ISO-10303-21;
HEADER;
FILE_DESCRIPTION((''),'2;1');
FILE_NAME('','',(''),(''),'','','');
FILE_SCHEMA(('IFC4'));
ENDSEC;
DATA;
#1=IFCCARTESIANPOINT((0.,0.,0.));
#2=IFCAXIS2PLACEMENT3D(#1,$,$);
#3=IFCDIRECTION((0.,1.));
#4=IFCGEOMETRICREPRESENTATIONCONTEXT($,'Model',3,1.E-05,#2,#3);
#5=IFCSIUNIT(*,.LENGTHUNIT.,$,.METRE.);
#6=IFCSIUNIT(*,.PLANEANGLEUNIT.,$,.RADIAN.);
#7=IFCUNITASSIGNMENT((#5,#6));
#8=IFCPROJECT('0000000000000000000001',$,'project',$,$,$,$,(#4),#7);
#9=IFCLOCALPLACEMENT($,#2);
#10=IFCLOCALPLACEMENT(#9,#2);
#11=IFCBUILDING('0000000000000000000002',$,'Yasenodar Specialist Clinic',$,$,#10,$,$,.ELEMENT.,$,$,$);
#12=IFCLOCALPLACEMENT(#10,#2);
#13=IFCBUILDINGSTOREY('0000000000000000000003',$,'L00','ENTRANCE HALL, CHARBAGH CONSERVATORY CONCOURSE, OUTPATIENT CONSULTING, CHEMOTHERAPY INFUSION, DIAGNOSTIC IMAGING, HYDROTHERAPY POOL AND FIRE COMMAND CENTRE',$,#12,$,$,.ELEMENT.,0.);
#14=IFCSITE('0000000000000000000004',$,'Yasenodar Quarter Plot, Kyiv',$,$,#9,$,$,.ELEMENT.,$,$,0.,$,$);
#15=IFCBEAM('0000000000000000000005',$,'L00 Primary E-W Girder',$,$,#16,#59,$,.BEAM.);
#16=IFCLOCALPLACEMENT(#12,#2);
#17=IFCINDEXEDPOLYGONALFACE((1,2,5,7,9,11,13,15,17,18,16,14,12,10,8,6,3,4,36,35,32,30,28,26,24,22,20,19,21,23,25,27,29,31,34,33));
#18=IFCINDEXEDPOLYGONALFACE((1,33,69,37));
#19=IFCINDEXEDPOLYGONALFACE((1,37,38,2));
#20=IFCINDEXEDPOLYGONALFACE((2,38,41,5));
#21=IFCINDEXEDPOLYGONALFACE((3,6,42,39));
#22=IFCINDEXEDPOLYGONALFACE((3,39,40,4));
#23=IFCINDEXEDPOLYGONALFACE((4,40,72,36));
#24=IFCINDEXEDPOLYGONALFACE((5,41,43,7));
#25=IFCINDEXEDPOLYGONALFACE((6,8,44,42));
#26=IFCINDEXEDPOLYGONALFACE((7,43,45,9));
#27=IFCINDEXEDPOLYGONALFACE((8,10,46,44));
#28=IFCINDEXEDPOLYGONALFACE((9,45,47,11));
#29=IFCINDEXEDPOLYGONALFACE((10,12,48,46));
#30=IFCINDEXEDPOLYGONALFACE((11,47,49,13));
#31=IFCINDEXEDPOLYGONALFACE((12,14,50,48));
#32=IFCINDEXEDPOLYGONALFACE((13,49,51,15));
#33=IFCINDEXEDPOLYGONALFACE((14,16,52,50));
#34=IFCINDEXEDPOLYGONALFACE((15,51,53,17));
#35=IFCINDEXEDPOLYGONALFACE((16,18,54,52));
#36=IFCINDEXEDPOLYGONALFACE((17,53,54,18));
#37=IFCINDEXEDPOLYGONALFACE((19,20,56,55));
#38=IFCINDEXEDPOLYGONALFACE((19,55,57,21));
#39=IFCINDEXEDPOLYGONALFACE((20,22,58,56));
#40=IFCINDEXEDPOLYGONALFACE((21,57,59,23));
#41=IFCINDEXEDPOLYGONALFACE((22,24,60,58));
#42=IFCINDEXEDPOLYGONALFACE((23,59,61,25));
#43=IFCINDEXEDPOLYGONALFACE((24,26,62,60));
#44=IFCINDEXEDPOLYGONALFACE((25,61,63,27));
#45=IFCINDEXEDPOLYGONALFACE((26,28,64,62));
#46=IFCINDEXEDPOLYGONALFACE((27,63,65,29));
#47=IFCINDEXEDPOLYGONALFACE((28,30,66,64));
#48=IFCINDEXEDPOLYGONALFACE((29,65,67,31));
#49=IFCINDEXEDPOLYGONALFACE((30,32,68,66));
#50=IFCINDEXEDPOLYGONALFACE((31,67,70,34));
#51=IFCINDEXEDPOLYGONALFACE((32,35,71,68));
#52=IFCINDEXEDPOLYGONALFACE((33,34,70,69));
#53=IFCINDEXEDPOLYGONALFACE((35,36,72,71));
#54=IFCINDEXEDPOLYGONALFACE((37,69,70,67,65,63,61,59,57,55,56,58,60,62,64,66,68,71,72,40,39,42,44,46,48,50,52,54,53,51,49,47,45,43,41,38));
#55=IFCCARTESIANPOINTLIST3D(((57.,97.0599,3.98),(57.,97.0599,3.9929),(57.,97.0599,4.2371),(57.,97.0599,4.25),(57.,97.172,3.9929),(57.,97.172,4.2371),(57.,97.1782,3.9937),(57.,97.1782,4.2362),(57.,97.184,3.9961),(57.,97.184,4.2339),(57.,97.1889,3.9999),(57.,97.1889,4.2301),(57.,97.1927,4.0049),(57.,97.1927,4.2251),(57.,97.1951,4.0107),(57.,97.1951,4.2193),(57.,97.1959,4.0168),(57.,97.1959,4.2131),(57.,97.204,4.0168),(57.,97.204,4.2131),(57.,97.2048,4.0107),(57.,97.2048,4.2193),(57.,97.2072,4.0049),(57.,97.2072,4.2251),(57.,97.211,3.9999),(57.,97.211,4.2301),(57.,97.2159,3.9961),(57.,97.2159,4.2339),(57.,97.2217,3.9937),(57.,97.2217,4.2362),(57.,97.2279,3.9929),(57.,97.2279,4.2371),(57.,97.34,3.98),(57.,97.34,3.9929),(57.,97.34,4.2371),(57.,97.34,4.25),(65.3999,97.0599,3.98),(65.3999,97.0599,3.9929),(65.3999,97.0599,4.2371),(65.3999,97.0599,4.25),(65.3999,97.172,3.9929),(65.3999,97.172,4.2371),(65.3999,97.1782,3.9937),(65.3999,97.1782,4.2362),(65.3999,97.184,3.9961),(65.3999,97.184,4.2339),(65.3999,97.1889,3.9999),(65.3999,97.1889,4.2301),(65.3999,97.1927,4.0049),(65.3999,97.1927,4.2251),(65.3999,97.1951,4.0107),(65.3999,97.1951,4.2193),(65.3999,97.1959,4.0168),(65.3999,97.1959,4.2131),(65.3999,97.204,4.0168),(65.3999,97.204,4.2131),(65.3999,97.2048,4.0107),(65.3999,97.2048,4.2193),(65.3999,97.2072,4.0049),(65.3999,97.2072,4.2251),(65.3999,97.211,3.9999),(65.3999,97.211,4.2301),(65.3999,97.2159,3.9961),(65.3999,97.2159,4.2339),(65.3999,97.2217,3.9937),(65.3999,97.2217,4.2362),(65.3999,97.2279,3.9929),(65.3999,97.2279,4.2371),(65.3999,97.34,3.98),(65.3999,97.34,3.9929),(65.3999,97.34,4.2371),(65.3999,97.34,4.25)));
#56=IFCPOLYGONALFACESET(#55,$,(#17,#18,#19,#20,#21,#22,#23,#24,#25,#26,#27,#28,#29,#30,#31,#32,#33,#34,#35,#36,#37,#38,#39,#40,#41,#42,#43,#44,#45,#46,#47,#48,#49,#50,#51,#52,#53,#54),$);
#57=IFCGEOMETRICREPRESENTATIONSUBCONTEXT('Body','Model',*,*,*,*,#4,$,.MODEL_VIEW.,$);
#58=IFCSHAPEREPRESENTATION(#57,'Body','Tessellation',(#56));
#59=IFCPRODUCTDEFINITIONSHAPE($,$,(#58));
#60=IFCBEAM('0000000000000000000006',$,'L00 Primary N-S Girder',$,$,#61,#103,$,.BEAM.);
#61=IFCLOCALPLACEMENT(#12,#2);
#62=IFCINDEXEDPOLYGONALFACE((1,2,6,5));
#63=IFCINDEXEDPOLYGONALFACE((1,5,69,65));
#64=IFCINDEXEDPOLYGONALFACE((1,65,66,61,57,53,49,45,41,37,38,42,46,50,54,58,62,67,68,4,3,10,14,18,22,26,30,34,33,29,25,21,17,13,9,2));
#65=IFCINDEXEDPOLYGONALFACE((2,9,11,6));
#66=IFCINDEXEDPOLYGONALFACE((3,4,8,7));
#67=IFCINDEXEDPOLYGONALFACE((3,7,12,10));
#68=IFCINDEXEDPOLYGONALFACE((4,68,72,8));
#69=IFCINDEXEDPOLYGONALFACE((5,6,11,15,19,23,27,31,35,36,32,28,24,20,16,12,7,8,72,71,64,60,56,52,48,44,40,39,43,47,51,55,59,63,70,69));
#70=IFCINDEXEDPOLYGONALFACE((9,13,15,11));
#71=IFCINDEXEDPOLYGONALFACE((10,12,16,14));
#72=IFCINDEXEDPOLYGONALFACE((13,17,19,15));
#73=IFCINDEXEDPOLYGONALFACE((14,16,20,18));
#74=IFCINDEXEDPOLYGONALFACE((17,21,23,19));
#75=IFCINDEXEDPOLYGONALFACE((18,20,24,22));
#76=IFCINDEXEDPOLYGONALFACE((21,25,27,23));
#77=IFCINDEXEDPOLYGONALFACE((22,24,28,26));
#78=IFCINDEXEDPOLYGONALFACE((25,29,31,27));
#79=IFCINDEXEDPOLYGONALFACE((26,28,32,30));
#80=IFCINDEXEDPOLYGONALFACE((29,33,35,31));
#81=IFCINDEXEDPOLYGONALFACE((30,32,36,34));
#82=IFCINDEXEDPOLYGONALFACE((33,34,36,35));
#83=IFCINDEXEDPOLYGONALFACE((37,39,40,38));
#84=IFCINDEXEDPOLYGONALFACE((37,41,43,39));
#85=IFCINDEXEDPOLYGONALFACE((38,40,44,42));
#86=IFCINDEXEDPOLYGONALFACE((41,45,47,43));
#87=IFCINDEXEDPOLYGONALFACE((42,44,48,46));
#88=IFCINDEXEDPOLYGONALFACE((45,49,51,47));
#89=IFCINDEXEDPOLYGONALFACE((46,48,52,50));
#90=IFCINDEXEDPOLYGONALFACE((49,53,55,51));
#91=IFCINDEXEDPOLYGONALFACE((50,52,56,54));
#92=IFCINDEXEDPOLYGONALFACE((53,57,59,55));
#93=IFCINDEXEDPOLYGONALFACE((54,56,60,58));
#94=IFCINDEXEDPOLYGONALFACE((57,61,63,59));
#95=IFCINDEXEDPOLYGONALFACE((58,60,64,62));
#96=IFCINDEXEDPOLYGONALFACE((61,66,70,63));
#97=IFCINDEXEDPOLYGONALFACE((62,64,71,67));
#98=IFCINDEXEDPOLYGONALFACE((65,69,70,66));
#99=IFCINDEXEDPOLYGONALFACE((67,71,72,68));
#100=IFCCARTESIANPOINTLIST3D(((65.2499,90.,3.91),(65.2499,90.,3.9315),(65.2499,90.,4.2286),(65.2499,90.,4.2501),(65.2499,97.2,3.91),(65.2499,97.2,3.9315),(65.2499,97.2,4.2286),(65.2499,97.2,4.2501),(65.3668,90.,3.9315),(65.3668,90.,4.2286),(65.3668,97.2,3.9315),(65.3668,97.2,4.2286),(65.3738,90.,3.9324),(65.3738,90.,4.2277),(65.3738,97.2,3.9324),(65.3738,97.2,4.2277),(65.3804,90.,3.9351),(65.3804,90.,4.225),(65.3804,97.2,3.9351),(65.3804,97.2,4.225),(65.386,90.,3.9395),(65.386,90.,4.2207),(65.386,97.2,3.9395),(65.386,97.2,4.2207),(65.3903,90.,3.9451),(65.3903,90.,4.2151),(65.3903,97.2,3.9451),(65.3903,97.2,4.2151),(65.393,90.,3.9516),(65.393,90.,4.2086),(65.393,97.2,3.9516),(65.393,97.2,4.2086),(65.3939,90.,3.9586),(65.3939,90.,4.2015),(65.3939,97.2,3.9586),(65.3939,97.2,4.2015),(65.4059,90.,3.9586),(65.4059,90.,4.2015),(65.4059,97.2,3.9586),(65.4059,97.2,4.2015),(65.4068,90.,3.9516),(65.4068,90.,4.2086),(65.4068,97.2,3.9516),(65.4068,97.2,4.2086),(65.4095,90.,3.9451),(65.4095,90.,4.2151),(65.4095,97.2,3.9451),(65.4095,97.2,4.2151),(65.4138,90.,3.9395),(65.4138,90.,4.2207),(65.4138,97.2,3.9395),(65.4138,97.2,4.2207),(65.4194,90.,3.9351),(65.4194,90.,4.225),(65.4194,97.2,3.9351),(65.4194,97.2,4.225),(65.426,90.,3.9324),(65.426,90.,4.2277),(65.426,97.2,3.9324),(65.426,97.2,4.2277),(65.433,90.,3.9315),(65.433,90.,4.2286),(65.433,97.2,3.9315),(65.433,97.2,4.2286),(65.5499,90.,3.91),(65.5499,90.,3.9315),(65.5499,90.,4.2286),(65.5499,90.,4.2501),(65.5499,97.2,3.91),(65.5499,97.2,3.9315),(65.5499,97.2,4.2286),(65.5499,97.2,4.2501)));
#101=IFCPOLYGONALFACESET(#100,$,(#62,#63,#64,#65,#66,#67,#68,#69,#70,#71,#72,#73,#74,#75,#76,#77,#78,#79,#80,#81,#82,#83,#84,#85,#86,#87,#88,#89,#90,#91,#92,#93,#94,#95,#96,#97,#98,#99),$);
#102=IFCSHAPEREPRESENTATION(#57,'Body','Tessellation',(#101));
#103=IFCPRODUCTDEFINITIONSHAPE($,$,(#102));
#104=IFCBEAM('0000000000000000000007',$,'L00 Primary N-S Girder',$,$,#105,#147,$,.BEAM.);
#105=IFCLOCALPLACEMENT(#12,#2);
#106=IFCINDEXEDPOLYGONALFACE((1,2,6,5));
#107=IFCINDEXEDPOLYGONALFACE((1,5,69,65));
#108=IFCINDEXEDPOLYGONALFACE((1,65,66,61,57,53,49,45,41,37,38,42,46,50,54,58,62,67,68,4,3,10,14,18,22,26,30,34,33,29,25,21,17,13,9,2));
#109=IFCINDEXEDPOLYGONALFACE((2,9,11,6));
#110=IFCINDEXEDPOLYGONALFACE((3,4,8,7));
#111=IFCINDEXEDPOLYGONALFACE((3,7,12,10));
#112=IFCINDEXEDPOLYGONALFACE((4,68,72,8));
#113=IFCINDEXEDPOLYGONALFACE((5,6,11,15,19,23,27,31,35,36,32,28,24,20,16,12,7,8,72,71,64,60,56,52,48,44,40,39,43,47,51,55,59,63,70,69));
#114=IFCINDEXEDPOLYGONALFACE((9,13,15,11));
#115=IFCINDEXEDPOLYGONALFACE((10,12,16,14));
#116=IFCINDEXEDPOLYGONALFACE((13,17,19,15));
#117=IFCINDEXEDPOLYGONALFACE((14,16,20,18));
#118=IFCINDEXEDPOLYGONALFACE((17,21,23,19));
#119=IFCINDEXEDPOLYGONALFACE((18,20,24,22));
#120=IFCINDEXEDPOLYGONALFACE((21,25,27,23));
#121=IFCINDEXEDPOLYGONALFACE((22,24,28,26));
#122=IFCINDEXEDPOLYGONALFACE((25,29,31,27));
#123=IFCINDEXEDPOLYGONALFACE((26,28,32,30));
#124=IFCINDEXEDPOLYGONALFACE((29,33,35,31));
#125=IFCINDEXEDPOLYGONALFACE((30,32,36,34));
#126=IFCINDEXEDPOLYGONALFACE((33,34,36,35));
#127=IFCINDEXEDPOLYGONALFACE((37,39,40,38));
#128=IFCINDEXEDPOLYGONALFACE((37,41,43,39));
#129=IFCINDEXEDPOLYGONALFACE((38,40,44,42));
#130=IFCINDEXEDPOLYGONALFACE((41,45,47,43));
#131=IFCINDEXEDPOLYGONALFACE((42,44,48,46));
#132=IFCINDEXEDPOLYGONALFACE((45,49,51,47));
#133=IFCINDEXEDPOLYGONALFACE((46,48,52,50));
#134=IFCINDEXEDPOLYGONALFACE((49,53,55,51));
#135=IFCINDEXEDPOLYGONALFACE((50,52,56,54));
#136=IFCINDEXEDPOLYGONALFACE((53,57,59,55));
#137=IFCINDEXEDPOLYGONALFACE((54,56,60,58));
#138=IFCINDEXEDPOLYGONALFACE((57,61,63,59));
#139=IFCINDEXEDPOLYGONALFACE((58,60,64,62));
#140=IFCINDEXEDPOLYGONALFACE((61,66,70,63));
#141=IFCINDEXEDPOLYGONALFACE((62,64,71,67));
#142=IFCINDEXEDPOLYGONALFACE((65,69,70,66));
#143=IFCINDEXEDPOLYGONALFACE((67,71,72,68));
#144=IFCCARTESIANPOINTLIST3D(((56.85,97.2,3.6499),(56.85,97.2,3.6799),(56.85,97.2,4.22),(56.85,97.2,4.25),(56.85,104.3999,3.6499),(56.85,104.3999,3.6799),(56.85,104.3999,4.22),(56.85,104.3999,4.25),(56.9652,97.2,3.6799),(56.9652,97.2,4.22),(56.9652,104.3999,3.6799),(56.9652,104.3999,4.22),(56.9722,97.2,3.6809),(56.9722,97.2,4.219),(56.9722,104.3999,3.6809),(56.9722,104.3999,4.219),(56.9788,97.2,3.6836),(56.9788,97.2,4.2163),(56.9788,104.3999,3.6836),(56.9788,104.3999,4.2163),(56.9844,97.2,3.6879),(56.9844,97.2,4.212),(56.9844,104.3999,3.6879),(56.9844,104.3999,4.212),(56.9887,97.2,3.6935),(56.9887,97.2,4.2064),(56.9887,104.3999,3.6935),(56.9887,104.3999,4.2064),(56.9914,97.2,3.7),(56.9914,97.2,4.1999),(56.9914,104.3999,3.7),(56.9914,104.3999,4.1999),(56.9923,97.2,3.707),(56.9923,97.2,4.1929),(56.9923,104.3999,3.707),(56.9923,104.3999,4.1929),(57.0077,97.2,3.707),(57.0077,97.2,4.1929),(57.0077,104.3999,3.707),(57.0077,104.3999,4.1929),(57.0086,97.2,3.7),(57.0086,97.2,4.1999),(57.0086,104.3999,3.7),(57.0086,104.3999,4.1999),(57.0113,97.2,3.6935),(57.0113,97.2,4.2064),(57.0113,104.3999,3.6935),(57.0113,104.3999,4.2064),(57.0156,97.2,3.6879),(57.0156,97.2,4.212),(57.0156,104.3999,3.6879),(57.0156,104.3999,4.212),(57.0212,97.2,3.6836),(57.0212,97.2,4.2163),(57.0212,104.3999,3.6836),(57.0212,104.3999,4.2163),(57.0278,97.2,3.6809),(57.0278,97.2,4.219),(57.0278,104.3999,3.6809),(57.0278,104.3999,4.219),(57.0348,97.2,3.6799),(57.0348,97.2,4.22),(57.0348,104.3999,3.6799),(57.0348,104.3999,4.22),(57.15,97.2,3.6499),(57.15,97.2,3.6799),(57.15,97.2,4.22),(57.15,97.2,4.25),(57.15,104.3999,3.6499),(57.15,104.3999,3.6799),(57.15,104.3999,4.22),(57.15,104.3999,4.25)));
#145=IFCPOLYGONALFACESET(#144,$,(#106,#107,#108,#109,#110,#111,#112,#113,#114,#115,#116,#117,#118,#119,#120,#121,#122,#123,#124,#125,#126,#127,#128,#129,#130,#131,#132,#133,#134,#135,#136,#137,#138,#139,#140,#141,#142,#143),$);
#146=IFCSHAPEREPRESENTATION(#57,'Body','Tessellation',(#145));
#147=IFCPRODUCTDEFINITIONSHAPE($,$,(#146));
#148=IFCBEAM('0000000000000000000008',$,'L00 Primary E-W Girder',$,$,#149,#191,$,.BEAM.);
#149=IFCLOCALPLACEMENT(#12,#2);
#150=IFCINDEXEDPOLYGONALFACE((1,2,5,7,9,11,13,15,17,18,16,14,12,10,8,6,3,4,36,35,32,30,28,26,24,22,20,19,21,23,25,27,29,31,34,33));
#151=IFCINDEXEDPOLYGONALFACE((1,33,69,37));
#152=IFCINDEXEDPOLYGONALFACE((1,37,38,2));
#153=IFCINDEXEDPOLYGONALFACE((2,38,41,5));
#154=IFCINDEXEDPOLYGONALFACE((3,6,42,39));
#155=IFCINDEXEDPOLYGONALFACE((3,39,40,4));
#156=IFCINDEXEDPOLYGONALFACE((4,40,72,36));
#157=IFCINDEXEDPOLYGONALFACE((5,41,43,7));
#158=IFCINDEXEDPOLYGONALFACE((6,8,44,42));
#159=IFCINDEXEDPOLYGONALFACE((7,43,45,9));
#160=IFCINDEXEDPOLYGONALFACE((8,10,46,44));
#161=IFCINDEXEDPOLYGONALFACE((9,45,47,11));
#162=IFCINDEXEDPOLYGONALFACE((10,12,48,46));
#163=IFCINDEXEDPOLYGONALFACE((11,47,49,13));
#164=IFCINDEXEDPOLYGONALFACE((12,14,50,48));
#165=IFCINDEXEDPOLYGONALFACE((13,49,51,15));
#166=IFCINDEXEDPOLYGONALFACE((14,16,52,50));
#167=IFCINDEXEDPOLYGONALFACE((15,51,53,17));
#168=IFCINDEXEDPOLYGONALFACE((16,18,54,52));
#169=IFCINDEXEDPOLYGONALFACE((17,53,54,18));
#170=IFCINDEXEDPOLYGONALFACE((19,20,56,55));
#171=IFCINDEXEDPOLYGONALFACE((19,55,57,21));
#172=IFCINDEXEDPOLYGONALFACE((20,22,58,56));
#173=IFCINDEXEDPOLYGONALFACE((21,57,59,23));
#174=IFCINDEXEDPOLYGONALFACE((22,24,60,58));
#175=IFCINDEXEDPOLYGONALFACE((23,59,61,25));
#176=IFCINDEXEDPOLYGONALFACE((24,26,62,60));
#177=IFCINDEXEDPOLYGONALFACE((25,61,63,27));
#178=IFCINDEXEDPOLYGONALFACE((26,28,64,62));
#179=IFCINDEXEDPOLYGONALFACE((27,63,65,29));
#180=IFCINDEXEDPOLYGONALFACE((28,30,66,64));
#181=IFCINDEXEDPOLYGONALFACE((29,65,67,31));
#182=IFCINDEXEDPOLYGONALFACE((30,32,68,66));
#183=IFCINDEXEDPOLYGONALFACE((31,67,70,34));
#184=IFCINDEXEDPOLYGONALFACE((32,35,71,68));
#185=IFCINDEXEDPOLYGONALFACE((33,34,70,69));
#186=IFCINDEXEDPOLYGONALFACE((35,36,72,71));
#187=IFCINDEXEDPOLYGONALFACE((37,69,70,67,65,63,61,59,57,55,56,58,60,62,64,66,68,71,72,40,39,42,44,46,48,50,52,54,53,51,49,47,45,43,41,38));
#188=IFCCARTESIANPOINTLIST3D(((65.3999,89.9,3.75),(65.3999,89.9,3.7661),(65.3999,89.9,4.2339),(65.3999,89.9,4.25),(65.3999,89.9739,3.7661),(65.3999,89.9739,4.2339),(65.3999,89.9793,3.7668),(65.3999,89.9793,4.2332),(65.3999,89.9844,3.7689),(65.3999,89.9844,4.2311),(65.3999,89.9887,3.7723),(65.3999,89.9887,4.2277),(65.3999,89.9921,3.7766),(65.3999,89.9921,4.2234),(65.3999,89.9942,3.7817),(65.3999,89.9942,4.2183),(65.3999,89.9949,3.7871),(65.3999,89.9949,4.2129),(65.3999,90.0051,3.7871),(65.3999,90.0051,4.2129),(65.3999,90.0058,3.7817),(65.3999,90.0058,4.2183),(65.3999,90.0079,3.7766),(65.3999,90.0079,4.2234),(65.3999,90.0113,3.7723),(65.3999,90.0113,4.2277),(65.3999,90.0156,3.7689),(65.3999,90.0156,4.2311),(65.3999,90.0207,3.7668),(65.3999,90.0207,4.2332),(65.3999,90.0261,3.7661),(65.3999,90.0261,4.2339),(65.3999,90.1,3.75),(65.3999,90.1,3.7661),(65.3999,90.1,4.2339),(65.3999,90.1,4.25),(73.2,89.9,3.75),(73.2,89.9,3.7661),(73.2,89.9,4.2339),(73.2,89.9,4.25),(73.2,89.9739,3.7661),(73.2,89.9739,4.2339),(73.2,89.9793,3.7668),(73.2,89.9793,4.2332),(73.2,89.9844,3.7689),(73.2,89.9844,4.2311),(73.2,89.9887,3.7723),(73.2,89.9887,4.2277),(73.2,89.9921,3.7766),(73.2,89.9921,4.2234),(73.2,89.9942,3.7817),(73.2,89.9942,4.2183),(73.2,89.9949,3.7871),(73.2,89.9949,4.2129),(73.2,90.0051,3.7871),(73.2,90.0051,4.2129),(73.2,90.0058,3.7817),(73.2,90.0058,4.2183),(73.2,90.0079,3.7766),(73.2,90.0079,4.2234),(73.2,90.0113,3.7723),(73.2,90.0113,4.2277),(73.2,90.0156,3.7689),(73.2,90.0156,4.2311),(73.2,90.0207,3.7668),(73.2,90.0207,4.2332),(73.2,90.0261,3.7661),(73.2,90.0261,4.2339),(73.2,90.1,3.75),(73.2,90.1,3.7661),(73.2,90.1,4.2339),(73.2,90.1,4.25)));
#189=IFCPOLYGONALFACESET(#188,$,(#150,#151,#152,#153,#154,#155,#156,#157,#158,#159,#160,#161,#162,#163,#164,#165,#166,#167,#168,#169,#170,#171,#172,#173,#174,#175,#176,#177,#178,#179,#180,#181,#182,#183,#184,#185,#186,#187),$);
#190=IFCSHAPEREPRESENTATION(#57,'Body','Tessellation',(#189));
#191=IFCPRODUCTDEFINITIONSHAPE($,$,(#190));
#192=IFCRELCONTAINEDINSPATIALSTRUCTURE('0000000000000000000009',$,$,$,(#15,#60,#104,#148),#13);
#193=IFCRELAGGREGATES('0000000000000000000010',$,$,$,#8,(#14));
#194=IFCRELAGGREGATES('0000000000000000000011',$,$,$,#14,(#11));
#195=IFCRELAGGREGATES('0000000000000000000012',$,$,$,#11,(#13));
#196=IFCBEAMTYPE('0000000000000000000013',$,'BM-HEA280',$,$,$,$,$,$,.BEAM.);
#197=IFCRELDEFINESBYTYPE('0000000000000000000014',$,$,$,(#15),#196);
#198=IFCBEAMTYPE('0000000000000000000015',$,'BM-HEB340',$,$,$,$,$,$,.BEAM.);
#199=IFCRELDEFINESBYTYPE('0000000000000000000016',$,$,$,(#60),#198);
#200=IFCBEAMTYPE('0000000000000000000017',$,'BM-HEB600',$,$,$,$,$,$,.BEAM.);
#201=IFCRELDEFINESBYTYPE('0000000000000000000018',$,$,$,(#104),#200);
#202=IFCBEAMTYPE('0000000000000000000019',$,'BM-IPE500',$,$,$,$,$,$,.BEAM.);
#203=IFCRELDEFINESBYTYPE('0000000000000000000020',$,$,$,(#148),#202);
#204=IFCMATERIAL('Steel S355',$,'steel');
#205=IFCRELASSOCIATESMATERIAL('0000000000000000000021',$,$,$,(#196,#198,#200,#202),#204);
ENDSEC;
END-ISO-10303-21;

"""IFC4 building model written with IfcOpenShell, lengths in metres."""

from ifc_helpers import new_model, si_unit, direction, frame, origin, origin_2d, place, context, subcontext, project, spatial, i_section, extrude, material, material_profile, profile_set, type_object, element, save


model = new_model("IFC4")

# Units and contexts
model_context = context("Model", 3, precision=1e-05, world=origin(), true_north=direction((0.0, 1.0)))
body_context = subcontext(model_context, "Body", "Model", "MODEL_VIEW")
ifc_project = project(units=[si_unit("LENGTHUNIT", "METRE"), si_unit("PLANEANGLEUNIT", "RADIAN")], contexts=[model_context])

# Site, building, storey
site_placement = place(None, origin())
site = spatial("IfcSite", under=ifc_project, at=site_placement, Name="Yasenodar Quarter Plot, Kyiv", CompositionType="ELEMENT", RefElevation=0.0)
building_placement = place(site_placement, origin())
building = spatial("IfcBuilding", under=site, at=building_placement, Name="Yasenodar Specialist Clinic", CompositionType="ELEMENT")
storey_placement = place(building_placement, origin())
storey = spatial("IfcBuildingStorey", under=building, at=storey_placement, Name="L00", Description="ENTRANCE HALL, CHARBAGH CONSERVATORY CONCOURSE, OUTPATIENT CONSULTING, CHEMOTHERAPY INFUSION, DIAGNOSTIC IMAGING, HYDROTHERAPY POOL AND FIRE COMMAND CENTRE", CompositionType="ELEMENT", Elevation=0.0)

# Shared definitions
ifc_material_1 = material(Name="Steel S355", Category="steel")

# Beams
ifc_material_profile_1 = material_profile(ifc_material_1, i_section(OverallWidth=0.28, OverallDepth=0.27, WebThickness=0.0081, FlangeThickness=0.0129, FilletRadius=0.0239, at=origin_2d()), Name="HEA 280")
ifc_profile_set_1 = profile_set([ifc_material_profile_1], Name="Steel S355")
beam_type_1 = type_object("IfcBeamType", Name="BM-HEA280", PredefinedType="BEAM", material=ifc_profile_set_1)
beam_1_placement = place(storey_placement, frame((57.0, 97.2, 4.115), z_axis=(1.0, 0.0, 0.0), x_axis=(0.0, 1.0, 0.0)))
element("IfcBeam", 1, at=beam_1_placement, inside=storey, type_object=beam_type_1, Name="L00 Primary E-W Girder", PredefinedType="BEAM", context=body_context, shape_type="SweptSolid", body=[
    extrude(i_section(OverallWidth=0.28, OverallDepth=0.27, WebThickness=0.0081, FlangeThickness=0.0129, FilletRadius=0.0239, at=origin_2d()), origin(), (0.0, 0.0, 1.0), 8.3999),
])
ifc_material_profile_2 = material_profile(ifc_material_1, i_section(OverallWidth=0.3, OverallDepth=0.3401, WebThickness=0.012, FlangeThickness=0.0215, FilletRadius=0.0271, at=origin_2d()), Name="HEB 340")
ifc_profile_set_2 = profile_set([ifc_material_profile_2], Name="Steel S355")
beam_type_2 = type_object("IfcBeamType", Name="BM-HEB340", PredefinedType="BEAM", material=ifc_profile_set_2)
beam_2_placement = place(storey_placement, frame((65.3999, 90.0, 4.0801), z_axis=(0.0, 1.0, 0.0), x_axis=(-1.0, 0.0, 0.0)))
element("IfcBeam", 2, at=beam_2_placement, inside=storey, type_object=beam_type_2, Name="L00 Primary N-S Girder", PredefinedType="BEAM", context=body_context, shape_type="SweptSolid", body=[
    extrude(i_section(OverallWidth=0.3, OverallDepth=0.3401, WebThickness=0.012, FlangeThickness=0.0215, FilletRadius=0.0271, at=origin_2d()), origin(), (0.0, 0.0, 1.0), 7.2),
])
ifc_material_profile_3 = material_profile(ifc_material_1, i_section(OverallWidth=0.3, OverallDepth=0.6001, WebThickness=0.0154, FlangeThickness=0.03, FilletRadius=0.0271, at=origin_2d()), Name="HEB 600")
ifc_profile_set_3 = profile_set([ifc_material_profile_3], Name="Steel S355")
beam_type_3 = type_object("IfcBeamType", Name="BM-HEB600", PredefinedType="BEAM", material=ifc_profile_set_3)
beam_3_placement = place(storey_placement, frame((57.0, 97.2, 3.95), z_axis=(0.0, 1.0, 0.0), x_axis=(-1.0, 0.0, 0.0)))
element("IfcBeam", 3, at=beam_3_placement, inside=storey, type_object=beam_type_3, Name="L00 Primary N-S Girder", PredefinedType="BEAM", context=body_context, shape_type="SweptSolid", body=[
    extrude(i_section(OverallWidth=0.3, OverallDepth=0.6001, WebThickness=0.0154, FlangeThickness=0.03, FilletRadius=0.0271, at=origin_2d()), origin(), (0.0, 0.0, 1.0), 7.2),
])
ifc_material_profile_4 = material_profile(ifc_material_1, i_section(OverallWidth=0.2, OverallDepth=0.5, WebThickness=0.0103, FlangeThickness=0.0161, FilletRadius=0.021, at=origin_2d()), Name="IPE 500")
ifc_profile_set_4 = profile_set([ifc_material_profile_4], Name="Steel S355")
beam_type_4 = type_object("IfcBeamType", Name="BM-IPE500", PredefinedType="BEAM", material=ifc_profile_set_4)
beam_4_placement = place(storey_placement, frame((65.3999, 90.0, 4.0), z_axis=(1.0, 0.0, 0.0), x_axis=(0.0, 1.0, 0.0)))
element("IfcBeam", 4, at=beam_4_placement, inside=storey, type_object=beam_type_4, Name="L00 Primary E-W Girder", PredefinedType="BEAM", context=body_context, shape_type="SweptSolid", body=[
    extrude(i_section(OverallWidth=0.2, OverallDepth=0.5, WebThickness=0.0103, FlangeThickness=0.0161, FilletRadius=0.021, at=origin_2d()), origin(), (0.0, 0.0, 1.0), 7.8),
])

save(model, "model.ifc")
